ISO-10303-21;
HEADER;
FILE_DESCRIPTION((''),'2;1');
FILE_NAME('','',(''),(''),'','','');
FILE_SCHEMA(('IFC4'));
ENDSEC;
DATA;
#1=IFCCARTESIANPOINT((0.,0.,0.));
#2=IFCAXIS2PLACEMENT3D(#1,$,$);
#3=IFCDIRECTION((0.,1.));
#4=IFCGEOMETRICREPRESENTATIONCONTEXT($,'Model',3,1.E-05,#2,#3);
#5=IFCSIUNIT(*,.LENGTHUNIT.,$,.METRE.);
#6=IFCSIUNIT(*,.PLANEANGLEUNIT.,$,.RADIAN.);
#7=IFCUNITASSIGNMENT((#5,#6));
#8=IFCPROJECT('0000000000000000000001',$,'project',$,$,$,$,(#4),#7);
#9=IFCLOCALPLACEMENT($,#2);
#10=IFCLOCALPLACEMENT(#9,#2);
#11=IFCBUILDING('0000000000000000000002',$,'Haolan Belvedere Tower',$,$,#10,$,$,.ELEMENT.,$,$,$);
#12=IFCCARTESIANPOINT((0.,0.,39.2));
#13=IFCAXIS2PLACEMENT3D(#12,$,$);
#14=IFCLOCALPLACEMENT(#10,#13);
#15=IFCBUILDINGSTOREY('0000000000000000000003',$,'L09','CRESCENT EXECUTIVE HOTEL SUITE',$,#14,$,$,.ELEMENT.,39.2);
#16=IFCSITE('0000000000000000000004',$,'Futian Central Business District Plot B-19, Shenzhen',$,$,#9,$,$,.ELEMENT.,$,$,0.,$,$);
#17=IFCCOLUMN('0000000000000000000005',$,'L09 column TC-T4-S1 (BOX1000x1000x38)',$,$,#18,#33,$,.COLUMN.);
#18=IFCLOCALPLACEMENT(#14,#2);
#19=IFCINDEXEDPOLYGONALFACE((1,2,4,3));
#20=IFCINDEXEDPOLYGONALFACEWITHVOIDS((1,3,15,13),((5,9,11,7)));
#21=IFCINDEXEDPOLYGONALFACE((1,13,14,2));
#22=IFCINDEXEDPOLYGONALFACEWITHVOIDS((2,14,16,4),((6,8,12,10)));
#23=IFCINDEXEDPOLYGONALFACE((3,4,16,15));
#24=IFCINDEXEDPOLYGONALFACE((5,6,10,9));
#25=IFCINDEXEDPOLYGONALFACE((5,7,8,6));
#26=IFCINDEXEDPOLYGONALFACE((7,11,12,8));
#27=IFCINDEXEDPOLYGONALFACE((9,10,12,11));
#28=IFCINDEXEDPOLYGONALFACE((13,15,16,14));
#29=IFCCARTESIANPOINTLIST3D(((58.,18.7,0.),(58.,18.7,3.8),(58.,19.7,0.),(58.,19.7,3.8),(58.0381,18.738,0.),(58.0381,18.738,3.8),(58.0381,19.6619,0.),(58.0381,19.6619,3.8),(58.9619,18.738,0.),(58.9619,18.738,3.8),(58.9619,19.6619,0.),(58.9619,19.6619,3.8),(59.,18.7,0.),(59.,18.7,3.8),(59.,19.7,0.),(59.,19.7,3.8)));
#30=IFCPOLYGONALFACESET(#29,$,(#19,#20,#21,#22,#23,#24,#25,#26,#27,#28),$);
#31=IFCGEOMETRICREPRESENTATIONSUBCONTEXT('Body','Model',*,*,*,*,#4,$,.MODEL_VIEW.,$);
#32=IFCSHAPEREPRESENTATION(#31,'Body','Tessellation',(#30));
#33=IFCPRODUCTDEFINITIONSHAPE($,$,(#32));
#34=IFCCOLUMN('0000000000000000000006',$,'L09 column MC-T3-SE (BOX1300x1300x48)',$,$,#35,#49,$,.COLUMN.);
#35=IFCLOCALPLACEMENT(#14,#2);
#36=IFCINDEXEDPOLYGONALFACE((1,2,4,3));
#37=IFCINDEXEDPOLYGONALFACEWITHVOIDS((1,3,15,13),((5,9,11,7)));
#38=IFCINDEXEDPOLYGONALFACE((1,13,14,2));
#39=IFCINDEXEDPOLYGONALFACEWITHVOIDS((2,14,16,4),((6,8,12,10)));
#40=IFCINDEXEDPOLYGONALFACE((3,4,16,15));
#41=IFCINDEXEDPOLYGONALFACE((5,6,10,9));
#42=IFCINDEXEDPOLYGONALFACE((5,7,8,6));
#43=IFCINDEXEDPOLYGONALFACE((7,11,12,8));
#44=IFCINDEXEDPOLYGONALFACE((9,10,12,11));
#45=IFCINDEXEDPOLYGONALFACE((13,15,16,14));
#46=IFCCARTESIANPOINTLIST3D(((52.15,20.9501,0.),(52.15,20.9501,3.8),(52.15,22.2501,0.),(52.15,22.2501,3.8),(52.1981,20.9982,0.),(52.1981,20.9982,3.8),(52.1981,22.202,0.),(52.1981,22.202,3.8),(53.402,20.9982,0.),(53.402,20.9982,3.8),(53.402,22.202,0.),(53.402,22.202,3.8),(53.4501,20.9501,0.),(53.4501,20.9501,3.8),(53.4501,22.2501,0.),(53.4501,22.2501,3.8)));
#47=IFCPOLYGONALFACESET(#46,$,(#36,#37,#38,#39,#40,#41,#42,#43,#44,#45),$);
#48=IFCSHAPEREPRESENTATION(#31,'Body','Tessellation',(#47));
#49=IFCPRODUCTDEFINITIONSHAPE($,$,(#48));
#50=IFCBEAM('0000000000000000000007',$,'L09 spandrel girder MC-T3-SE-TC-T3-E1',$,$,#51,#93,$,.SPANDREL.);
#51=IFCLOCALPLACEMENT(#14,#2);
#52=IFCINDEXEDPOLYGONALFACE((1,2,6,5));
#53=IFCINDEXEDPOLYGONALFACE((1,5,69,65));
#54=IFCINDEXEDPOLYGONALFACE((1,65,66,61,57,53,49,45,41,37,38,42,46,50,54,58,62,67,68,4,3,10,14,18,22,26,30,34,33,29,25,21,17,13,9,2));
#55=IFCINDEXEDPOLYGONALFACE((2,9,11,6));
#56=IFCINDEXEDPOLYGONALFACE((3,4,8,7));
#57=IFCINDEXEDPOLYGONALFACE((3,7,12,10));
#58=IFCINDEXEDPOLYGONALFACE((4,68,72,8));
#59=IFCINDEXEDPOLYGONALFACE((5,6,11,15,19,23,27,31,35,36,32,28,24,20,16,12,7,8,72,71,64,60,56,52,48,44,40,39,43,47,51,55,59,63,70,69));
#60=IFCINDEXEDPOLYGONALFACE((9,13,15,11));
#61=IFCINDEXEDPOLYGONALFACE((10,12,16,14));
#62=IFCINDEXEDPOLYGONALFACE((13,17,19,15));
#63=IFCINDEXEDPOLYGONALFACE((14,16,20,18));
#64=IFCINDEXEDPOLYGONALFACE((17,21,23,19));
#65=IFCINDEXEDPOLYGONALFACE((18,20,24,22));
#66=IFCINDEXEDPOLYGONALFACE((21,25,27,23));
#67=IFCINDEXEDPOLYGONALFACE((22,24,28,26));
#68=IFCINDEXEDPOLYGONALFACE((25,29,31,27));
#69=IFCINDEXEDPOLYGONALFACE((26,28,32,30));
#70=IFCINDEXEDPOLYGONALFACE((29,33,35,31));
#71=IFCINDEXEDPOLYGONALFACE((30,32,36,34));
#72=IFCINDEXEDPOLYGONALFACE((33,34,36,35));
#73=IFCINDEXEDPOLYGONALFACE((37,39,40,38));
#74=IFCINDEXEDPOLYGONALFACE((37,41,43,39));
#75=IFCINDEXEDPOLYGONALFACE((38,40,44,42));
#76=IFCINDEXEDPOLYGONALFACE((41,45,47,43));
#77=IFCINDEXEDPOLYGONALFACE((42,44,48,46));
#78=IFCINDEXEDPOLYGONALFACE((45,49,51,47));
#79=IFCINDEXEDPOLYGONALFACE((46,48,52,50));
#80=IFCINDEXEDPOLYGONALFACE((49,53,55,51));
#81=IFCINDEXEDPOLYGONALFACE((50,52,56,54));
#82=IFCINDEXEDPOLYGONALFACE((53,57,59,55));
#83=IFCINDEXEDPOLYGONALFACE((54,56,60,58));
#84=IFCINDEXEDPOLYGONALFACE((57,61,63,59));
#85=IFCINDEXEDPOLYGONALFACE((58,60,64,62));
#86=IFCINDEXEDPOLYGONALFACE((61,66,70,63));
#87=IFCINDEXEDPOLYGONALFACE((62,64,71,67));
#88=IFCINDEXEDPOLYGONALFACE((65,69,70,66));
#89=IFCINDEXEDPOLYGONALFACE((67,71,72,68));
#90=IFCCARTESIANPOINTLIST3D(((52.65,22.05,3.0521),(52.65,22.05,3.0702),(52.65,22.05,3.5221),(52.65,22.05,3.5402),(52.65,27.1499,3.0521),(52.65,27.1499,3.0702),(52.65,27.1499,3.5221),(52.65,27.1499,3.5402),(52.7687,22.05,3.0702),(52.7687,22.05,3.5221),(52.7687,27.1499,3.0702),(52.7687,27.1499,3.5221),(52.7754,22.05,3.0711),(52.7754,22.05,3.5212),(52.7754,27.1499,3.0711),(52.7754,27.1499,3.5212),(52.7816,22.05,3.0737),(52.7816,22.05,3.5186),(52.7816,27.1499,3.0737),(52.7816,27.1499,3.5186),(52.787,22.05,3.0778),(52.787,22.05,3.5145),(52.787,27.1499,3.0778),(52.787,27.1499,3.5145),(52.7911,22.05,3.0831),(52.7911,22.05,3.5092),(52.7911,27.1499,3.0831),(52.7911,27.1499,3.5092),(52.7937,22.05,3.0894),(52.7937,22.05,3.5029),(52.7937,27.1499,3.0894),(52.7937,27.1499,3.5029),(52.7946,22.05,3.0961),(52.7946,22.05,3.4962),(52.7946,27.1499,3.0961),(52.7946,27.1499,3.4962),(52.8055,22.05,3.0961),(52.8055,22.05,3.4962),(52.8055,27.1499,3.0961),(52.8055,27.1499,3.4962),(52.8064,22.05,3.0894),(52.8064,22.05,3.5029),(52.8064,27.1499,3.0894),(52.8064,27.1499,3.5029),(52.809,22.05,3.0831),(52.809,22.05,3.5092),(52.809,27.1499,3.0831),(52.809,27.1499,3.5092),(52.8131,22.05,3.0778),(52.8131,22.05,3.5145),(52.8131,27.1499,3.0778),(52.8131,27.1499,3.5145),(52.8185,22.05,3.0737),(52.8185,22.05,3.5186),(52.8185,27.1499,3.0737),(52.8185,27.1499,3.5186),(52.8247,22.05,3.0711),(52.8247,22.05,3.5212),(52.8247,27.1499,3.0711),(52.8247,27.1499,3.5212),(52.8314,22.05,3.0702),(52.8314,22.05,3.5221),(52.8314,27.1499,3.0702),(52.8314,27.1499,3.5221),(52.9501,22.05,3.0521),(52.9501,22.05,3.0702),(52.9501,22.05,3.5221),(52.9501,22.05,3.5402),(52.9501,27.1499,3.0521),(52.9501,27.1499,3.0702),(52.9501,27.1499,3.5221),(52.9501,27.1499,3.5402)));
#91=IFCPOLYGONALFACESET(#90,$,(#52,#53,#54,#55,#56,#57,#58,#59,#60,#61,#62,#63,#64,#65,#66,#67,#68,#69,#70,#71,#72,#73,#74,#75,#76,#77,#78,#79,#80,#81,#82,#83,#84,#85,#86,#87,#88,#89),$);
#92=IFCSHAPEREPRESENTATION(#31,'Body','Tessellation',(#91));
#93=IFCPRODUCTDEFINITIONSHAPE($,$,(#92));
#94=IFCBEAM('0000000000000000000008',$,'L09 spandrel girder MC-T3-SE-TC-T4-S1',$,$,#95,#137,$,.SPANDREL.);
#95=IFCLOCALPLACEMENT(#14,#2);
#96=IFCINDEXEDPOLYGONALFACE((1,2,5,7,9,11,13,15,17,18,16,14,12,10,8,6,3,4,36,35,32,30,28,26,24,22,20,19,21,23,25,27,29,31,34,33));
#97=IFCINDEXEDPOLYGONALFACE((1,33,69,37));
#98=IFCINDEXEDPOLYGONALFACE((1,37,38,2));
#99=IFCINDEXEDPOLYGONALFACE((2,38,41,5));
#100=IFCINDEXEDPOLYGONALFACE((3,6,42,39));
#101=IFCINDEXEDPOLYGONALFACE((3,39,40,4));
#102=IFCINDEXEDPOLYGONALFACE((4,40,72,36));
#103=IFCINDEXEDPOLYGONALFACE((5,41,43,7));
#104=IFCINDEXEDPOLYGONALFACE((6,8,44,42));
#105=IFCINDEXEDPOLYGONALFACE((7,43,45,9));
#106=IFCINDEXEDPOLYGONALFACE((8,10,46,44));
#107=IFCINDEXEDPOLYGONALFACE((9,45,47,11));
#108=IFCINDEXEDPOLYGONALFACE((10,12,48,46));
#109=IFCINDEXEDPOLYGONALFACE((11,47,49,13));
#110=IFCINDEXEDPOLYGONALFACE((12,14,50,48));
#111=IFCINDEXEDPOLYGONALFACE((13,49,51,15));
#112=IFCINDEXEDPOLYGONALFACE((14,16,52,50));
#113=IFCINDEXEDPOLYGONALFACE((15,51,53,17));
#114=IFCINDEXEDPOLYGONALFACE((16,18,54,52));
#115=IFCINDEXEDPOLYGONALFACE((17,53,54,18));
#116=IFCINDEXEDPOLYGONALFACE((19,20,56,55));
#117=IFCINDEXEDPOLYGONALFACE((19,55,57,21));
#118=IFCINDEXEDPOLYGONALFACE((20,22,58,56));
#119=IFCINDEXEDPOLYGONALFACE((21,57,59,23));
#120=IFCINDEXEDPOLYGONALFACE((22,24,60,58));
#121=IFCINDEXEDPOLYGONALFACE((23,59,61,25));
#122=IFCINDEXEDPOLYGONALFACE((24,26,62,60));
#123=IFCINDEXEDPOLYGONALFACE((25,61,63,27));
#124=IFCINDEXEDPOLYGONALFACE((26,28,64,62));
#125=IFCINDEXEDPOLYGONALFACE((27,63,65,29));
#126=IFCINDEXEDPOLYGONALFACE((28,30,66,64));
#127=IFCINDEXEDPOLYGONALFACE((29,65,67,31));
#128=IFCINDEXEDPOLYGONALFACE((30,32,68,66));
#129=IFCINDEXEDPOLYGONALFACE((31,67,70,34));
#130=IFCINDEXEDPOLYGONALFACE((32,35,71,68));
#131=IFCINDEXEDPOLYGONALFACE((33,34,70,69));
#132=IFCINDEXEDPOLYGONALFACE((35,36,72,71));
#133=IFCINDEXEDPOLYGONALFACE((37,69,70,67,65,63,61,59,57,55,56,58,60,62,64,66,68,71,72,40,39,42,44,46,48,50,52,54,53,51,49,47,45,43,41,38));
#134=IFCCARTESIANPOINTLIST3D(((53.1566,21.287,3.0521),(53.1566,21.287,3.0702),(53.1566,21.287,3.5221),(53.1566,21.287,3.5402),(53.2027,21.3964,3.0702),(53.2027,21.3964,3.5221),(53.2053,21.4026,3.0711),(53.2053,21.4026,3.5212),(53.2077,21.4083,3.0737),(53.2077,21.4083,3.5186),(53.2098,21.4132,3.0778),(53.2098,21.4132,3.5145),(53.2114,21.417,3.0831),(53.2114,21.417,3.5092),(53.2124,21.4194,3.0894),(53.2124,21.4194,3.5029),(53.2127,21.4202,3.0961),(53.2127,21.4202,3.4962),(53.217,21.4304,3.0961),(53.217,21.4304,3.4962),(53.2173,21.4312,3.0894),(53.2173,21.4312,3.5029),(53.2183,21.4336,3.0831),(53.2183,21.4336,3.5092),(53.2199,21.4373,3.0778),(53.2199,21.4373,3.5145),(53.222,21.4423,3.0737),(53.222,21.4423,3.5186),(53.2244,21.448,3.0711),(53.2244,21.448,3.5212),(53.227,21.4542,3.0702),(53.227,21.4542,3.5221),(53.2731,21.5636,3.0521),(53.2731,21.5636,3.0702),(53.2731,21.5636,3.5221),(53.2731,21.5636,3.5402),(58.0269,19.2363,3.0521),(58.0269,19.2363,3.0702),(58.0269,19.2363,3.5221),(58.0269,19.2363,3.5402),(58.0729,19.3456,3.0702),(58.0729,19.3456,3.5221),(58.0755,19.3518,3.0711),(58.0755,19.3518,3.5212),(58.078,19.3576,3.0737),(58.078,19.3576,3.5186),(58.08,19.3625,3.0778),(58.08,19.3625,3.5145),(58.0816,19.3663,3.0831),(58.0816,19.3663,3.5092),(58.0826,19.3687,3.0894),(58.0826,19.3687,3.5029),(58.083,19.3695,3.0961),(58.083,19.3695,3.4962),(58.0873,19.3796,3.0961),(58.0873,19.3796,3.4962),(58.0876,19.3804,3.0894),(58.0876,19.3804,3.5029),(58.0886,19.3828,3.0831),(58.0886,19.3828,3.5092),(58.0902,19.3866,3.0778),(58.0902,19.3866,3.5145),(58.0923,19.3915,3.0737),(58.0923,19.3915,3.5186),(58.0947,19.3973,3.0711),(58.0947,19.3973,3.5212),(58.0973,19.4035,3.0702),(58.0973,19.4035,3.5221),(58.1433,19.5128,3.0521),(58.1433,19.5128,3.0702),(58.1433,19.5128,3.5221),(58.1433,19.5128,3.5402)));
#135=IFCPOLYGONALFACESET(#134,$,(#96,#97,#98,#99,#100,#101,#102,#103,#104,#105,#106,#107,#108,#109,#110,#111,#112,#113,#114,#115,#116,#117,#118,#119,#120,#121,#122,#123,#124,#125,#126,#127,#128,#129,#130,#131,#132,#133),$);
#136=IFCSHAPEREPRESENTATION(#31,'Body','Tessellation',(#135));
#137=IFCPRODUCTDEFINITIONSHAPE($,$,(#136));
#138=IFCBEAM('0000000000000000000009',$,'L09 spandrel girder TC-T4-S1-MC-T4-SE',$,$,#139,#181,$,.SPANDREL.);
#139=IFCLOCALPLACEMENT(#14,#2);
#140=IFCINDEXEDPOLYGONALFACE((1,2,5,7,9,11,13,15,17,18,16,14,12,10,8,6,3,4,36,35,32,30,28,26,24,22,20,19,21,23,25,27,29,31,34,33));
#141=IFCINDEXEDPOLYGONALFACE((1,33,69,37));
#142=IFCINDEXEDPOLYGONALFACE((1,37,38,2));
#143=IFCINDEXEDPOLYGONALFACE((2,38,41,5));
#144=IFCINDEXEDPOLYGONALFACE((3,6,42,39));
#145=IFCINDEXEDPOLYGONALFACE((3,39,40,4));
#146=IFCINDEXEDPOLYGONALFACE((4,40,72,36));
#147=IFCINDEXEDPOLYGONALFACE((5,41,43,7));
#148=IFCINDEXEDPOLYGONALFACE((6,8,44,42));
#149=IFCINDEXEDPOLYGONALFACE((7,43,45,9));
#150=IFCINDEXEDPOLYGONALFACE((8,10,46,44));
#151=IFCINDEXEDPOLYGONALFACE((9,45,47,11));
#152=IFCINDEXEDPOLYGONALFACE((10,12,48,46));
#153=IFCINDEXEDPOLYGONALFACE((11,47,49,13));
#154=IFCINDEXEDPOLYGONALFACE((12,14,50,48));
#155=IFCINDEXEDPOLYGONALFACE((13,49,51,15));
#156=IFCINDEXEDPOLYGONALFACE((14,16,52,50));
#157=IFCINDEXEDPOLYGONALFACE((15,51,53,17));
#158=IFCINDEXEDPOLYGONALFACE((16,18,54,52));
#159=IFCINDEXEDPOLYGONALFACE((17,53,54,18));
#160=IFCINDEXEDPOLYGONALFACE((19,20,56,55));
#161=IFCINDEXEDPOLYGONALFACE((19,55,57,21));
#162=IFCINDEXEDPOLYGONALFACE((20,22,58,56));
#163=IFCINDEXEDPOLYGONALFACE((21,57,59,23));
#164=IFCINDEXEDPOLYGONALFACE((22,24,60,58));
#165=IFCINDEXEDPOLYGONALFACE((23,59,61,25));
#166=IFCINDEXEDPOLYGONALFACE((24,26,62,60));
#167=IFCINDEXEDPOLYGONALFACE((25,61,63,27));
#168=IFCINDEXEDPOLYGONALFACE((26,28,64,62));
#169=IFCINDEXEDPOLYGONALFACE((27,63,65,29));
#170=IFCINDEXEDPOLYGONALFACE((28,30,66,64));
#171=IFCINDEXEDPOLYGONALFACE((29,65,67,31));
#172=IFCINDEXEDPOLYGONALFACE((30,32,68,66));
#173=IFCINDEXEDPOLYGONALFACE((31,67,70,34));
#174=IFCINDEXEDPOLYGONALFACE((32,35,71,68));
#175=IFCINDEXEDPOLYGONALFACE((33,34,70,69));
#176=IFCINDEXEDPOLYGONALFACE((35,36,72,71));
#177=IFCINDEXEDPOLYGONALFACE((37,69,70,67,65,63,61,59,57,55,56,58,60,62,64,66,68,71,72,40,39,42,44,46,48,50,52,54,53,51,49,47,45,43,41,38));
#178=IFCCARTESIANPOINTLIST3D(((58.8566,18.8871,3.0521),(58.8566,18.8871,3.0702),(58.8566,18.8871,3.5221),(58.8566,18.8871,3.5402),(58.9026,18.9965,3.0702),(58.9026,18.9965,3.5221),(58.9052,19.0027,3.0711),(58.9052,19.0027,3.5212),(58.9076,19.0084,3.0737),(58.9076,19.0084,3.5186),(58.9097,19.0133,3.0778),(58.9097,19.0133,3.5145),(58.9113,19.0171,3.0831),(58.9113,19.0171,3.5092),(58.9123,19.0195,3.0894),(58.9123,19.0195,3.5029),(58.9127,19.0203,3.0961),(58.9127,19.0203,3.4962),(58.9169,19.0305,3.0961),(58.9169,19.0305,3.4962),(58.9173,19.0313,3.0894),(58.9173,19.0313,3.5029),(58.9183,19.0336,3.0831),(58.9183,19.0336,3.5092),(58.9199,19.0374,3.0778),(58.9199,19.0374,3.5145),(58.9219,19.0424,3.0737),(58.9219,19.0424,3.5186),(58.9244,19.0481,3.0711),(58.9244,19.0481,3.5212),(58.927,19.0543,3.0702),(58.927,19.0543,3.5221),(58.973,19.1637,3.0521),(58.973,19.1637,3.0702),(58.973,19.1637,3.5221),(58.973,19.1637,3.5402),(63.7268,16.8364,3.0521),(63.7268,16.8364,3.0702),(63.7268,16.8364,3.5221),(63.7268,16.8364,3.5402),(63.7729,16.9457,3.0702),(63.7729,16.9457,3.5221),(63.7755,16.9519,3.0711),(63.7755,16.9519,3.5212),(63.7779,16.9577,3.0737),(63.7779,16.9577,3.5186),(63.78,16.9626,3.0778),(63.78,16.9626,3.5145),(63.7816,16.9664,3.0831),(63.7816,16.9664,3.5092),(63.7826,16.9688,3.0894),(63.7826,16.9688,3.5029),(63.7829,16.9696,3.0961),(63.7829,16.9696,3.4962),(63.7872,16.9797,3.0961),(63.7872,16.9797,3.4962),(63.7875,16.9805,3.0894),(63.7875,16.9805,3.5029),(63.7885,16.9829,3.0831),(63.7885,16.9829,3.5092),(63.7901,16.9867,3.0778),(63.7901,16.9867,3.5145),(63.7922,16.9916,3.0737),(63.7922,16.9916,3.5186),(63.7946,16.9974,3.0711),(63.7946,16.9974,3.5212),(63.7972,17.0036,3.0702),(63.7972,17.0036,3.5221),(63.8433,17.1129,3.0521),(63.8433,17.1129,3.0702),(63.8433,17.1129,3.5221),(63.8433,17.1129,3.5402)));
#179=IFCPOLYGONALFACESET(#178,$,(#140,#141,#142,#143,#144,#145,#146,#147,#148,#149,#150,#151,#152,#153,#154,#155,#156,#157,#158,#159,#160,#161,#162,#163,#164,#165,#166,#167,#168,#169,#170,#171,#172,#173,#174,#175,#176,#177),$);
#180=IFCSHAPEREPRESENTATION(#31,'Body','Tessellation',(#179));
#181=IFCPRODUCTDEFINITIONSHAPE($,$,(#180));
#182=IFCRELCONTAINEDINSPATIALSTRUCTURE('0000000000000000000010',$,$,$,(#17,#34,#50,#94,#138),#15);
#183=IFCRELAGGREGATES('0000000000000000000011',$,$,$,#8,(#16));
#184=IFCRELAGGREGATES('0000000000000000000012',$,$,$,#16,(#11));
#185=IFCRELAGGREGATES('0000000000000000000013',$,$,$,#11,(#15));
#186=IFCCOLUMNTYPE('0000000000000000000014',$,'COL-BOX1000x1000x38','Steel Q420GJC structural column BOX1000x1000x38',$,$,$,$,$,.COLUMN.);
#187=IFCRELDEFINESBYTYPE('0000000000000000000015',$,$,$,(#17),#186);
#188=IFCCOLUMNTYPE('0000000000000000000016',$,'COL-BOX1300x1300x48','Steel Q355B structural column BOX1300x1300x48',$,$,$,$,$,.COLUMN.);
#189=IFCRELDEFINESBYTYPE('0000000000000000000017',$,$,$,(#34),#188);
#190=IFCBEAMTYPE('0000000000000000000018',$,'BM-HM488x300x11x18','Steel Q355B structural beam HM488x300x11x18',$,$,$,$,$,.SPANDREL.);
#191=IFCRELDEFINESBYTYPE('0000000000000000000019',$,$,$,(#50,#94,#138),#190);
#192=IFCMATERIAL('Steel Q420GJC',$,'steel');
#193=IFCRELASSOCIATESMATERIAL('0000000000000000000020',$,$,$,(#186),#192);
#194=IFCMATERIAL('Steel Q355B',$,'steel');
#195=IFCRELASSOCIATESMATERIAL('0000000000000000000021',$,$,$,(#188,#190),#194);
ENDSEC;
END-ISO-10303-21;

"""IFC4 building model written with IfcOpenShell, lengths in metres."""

from ifc_helpers import new_model, si_unit, direction, frame, origin, origin_2d, place, context, subcontext, project, spatial, hollow_rectangle, i_section, extrude, material, material_profile, profile_set, type_object, element, save


model = new_model("IFC4")

# Units and contexts
model_context = context("Model", 3, precision=1e-05, world=origin(), true_north=direction((0.0, 1.0)))
body_context = subcontext(model_context, "Body", "Model", "MODEL_VIEW")
ifc_project = project(units=[si_unit("LENGTHUNIT", "METRE"), si_unit("PLANEANGLEUNIT", "RADIAN")], contexts=[model_context])

# Site, building, storey
site_placement = place(None, origin())
site = spatial("IfcSite", under=ifc_project, at=site_placement, Name="Futian Central Business District Plot B-19, Shenzhen", CompositionType="ELEMENT", RefElevation=0.0)
building_placement = place(site_placement, origin())
building = spatial("IfcBuilding", under=site, at=building_placement, Name="Haolan Belvedere Tower", CompositionType="ELEMENT")
storey_placement = place(building_placement, frame((0.0, 0.0, 39.2)))
storey = spatial("IfcBuildingStorey", under=building, at=storey_placement, Name="L09", Description="CRESCENT EXECUTIVE HOTEL SUITE", CompositionType="ELEMENT", Elevation=39.2)

# Columns
ifc_material_1 = material(Name="Steel Q420GJC", Category="steel")
ifc_material_profile_1 = material_profile(ifc_material_1, hollow_rectangle(XDim=1.0, YDim=1.0, WallThickness=0.0381, at=origin_2d()), Name="Steel Q420GJC")
ifc_profile_set_1 = profile_set([ifc_material_profile_1], Name="Steel Q420GJC")
column_type_1 = type_object("IfcColumnType", Name="COL-BOX1000x1000x38", Description="Steel Q420GJC structural column BOX1000x1000x38", PredefinedType="COLUMN", material=ifc_profile_set_1)
column_1_placement = place(storey_placement, frame((58.5, 19.2, 0.0), z_axis=(0.0, 0.0, 1.0), x_axis=(1.0, 0.0, 0.0)))
element("IfcColumn", 1, at=column_1_placement, inside=storey, type_object=column_type_1, Name="L09 column TC-T4-S1 (BOX1000x1000x38)", PredefinedType="COLUMN", context=body_context, shape_type="SweptSolid", body=[
    extrude(hollow_rectangle(XDim=1.0, YDim=1.0, WallThickness=0.0381, at=origin_2d()), origin(), (0.0, 0.0, 1.0), 3.8),
])
ifc_material_2 = material(Name="Steel Q355B", Category="steel")
ifc_material_profile_2 = material_profile(ifc_material_2, hollow_rectangle(XDim=1.3, YDim=1.3, WallThickness=0.0481, at=origin_2d()), Name="Steel Q355B")
ifc_profile_set_2 = profile_set([ifc_material_profile_2], Name="Steel Q355B")
column_type_2 = type_object("IfcColumnType", Name="COL-BOX1300x1300x48", Description="Steel Q355B structural column BOX1300x1300x48", PredefinedType="COLUMN", material=ifc_profile_set_2)
column_2_placement = place(storey_placement, frame((52.8, 21.6001, 0.0), z_axis=(0.0, 0.0, 1.0), x_axis=(1.0, 0.0, 0.0)))
element("IfcColumn", 2, at=column_2_placement, inside=storey, type_object=column_type_2, Name="L09 column MC-T3-SE (BOX1300x1300x48)", PredefinedType="COLUMN", context=body_context, shape_type="SweptSolid", body=[
    extrude(hollow_rectangle(XDim=1.3, YDim=1.3, WallThickness=0.0481, at=origin_2d()), origin(), (0.0, 0.0, 1.0), 3.8),
])

# Beams
ifc_material_profile_3 = material_profile(ifc_material_2, i_section(OverallWidth=0.3, OverallDepth=0.488, WebThickness=0.011, FlangeThickness=0.0181, FilletRadius=0.0259, at=origin_2d()), Name="Steel Q355B")
ifc_profile_set_3 = profile_set([ifc_material_profile_3], Name="Steel Q355B")
beam_type = type_object("IfcBeamType", Name="BM-HM488x300x11x18", Description="Steel Q355B structural beam HM488x300x11x18", PredefinedType="SPANDREL", material=ifc_profile_set_3)
beam_placement = place(storey_placement, frame((52.8, 22.05, 3.2961), z_axis=(0.0, 1.0, 0.0), x_axis=(-1.0, 0.0, 0.0)))
element("IfcBeam", 3, at=beam_placement, inside=storey, type_object=beam_type, Name="L09 spandrel girder MC-T3-SE-TC-T3-E1", PredefinedType="SPANDREL", context=body_context, shape_type="SweptSolid", body=[
    extrude(i_section(OverallWidth=0.3, OverallDepth=0.488, WebThickness=0.011, FlangeThickness=0.0181, FilletRadius=0.0259, at=origin_2d()), origin(), (0.0, 0.0, 1.0), 5.0999),
])
for number, where, z_axis, x_axis, name in (
    (4, (53.2148, 21.4253, 3.2961), (0.921628, -0.388074, 0.0), (0.388074, 0.921628, 0.0), "L09 spandrel girder MC-T3-SE-TC-T4-S1"),
    (5, (58.9148, 19.0254, 3.2961), (0.921628, -0.388074, 0.0), (0.388074, 0.921628, 0.0), "L09 spandrel girder TC-T4-S1-MC-T4-SE"),
):
    element("IfcBeam", number, at=place(storey_placement, frame(where, z_axis=z_axis, x_axis=x_axis)), inside=storey, type_object=beam_type, Name=name, PredefinedType="SPANDREL", context=body_context, shape_type="SweptSolid", body=[
        extrude(i_section(OverallWidth=0.3, OverallDepth=0.488, WebThickness=0.011, FlangeThickness=0.0181, FilletRadius=0.0259, at=origin_2d()), origin(), (0.0, 0.0, 1.0), 5.2844),
    ])

save(model, "model.ifc")
